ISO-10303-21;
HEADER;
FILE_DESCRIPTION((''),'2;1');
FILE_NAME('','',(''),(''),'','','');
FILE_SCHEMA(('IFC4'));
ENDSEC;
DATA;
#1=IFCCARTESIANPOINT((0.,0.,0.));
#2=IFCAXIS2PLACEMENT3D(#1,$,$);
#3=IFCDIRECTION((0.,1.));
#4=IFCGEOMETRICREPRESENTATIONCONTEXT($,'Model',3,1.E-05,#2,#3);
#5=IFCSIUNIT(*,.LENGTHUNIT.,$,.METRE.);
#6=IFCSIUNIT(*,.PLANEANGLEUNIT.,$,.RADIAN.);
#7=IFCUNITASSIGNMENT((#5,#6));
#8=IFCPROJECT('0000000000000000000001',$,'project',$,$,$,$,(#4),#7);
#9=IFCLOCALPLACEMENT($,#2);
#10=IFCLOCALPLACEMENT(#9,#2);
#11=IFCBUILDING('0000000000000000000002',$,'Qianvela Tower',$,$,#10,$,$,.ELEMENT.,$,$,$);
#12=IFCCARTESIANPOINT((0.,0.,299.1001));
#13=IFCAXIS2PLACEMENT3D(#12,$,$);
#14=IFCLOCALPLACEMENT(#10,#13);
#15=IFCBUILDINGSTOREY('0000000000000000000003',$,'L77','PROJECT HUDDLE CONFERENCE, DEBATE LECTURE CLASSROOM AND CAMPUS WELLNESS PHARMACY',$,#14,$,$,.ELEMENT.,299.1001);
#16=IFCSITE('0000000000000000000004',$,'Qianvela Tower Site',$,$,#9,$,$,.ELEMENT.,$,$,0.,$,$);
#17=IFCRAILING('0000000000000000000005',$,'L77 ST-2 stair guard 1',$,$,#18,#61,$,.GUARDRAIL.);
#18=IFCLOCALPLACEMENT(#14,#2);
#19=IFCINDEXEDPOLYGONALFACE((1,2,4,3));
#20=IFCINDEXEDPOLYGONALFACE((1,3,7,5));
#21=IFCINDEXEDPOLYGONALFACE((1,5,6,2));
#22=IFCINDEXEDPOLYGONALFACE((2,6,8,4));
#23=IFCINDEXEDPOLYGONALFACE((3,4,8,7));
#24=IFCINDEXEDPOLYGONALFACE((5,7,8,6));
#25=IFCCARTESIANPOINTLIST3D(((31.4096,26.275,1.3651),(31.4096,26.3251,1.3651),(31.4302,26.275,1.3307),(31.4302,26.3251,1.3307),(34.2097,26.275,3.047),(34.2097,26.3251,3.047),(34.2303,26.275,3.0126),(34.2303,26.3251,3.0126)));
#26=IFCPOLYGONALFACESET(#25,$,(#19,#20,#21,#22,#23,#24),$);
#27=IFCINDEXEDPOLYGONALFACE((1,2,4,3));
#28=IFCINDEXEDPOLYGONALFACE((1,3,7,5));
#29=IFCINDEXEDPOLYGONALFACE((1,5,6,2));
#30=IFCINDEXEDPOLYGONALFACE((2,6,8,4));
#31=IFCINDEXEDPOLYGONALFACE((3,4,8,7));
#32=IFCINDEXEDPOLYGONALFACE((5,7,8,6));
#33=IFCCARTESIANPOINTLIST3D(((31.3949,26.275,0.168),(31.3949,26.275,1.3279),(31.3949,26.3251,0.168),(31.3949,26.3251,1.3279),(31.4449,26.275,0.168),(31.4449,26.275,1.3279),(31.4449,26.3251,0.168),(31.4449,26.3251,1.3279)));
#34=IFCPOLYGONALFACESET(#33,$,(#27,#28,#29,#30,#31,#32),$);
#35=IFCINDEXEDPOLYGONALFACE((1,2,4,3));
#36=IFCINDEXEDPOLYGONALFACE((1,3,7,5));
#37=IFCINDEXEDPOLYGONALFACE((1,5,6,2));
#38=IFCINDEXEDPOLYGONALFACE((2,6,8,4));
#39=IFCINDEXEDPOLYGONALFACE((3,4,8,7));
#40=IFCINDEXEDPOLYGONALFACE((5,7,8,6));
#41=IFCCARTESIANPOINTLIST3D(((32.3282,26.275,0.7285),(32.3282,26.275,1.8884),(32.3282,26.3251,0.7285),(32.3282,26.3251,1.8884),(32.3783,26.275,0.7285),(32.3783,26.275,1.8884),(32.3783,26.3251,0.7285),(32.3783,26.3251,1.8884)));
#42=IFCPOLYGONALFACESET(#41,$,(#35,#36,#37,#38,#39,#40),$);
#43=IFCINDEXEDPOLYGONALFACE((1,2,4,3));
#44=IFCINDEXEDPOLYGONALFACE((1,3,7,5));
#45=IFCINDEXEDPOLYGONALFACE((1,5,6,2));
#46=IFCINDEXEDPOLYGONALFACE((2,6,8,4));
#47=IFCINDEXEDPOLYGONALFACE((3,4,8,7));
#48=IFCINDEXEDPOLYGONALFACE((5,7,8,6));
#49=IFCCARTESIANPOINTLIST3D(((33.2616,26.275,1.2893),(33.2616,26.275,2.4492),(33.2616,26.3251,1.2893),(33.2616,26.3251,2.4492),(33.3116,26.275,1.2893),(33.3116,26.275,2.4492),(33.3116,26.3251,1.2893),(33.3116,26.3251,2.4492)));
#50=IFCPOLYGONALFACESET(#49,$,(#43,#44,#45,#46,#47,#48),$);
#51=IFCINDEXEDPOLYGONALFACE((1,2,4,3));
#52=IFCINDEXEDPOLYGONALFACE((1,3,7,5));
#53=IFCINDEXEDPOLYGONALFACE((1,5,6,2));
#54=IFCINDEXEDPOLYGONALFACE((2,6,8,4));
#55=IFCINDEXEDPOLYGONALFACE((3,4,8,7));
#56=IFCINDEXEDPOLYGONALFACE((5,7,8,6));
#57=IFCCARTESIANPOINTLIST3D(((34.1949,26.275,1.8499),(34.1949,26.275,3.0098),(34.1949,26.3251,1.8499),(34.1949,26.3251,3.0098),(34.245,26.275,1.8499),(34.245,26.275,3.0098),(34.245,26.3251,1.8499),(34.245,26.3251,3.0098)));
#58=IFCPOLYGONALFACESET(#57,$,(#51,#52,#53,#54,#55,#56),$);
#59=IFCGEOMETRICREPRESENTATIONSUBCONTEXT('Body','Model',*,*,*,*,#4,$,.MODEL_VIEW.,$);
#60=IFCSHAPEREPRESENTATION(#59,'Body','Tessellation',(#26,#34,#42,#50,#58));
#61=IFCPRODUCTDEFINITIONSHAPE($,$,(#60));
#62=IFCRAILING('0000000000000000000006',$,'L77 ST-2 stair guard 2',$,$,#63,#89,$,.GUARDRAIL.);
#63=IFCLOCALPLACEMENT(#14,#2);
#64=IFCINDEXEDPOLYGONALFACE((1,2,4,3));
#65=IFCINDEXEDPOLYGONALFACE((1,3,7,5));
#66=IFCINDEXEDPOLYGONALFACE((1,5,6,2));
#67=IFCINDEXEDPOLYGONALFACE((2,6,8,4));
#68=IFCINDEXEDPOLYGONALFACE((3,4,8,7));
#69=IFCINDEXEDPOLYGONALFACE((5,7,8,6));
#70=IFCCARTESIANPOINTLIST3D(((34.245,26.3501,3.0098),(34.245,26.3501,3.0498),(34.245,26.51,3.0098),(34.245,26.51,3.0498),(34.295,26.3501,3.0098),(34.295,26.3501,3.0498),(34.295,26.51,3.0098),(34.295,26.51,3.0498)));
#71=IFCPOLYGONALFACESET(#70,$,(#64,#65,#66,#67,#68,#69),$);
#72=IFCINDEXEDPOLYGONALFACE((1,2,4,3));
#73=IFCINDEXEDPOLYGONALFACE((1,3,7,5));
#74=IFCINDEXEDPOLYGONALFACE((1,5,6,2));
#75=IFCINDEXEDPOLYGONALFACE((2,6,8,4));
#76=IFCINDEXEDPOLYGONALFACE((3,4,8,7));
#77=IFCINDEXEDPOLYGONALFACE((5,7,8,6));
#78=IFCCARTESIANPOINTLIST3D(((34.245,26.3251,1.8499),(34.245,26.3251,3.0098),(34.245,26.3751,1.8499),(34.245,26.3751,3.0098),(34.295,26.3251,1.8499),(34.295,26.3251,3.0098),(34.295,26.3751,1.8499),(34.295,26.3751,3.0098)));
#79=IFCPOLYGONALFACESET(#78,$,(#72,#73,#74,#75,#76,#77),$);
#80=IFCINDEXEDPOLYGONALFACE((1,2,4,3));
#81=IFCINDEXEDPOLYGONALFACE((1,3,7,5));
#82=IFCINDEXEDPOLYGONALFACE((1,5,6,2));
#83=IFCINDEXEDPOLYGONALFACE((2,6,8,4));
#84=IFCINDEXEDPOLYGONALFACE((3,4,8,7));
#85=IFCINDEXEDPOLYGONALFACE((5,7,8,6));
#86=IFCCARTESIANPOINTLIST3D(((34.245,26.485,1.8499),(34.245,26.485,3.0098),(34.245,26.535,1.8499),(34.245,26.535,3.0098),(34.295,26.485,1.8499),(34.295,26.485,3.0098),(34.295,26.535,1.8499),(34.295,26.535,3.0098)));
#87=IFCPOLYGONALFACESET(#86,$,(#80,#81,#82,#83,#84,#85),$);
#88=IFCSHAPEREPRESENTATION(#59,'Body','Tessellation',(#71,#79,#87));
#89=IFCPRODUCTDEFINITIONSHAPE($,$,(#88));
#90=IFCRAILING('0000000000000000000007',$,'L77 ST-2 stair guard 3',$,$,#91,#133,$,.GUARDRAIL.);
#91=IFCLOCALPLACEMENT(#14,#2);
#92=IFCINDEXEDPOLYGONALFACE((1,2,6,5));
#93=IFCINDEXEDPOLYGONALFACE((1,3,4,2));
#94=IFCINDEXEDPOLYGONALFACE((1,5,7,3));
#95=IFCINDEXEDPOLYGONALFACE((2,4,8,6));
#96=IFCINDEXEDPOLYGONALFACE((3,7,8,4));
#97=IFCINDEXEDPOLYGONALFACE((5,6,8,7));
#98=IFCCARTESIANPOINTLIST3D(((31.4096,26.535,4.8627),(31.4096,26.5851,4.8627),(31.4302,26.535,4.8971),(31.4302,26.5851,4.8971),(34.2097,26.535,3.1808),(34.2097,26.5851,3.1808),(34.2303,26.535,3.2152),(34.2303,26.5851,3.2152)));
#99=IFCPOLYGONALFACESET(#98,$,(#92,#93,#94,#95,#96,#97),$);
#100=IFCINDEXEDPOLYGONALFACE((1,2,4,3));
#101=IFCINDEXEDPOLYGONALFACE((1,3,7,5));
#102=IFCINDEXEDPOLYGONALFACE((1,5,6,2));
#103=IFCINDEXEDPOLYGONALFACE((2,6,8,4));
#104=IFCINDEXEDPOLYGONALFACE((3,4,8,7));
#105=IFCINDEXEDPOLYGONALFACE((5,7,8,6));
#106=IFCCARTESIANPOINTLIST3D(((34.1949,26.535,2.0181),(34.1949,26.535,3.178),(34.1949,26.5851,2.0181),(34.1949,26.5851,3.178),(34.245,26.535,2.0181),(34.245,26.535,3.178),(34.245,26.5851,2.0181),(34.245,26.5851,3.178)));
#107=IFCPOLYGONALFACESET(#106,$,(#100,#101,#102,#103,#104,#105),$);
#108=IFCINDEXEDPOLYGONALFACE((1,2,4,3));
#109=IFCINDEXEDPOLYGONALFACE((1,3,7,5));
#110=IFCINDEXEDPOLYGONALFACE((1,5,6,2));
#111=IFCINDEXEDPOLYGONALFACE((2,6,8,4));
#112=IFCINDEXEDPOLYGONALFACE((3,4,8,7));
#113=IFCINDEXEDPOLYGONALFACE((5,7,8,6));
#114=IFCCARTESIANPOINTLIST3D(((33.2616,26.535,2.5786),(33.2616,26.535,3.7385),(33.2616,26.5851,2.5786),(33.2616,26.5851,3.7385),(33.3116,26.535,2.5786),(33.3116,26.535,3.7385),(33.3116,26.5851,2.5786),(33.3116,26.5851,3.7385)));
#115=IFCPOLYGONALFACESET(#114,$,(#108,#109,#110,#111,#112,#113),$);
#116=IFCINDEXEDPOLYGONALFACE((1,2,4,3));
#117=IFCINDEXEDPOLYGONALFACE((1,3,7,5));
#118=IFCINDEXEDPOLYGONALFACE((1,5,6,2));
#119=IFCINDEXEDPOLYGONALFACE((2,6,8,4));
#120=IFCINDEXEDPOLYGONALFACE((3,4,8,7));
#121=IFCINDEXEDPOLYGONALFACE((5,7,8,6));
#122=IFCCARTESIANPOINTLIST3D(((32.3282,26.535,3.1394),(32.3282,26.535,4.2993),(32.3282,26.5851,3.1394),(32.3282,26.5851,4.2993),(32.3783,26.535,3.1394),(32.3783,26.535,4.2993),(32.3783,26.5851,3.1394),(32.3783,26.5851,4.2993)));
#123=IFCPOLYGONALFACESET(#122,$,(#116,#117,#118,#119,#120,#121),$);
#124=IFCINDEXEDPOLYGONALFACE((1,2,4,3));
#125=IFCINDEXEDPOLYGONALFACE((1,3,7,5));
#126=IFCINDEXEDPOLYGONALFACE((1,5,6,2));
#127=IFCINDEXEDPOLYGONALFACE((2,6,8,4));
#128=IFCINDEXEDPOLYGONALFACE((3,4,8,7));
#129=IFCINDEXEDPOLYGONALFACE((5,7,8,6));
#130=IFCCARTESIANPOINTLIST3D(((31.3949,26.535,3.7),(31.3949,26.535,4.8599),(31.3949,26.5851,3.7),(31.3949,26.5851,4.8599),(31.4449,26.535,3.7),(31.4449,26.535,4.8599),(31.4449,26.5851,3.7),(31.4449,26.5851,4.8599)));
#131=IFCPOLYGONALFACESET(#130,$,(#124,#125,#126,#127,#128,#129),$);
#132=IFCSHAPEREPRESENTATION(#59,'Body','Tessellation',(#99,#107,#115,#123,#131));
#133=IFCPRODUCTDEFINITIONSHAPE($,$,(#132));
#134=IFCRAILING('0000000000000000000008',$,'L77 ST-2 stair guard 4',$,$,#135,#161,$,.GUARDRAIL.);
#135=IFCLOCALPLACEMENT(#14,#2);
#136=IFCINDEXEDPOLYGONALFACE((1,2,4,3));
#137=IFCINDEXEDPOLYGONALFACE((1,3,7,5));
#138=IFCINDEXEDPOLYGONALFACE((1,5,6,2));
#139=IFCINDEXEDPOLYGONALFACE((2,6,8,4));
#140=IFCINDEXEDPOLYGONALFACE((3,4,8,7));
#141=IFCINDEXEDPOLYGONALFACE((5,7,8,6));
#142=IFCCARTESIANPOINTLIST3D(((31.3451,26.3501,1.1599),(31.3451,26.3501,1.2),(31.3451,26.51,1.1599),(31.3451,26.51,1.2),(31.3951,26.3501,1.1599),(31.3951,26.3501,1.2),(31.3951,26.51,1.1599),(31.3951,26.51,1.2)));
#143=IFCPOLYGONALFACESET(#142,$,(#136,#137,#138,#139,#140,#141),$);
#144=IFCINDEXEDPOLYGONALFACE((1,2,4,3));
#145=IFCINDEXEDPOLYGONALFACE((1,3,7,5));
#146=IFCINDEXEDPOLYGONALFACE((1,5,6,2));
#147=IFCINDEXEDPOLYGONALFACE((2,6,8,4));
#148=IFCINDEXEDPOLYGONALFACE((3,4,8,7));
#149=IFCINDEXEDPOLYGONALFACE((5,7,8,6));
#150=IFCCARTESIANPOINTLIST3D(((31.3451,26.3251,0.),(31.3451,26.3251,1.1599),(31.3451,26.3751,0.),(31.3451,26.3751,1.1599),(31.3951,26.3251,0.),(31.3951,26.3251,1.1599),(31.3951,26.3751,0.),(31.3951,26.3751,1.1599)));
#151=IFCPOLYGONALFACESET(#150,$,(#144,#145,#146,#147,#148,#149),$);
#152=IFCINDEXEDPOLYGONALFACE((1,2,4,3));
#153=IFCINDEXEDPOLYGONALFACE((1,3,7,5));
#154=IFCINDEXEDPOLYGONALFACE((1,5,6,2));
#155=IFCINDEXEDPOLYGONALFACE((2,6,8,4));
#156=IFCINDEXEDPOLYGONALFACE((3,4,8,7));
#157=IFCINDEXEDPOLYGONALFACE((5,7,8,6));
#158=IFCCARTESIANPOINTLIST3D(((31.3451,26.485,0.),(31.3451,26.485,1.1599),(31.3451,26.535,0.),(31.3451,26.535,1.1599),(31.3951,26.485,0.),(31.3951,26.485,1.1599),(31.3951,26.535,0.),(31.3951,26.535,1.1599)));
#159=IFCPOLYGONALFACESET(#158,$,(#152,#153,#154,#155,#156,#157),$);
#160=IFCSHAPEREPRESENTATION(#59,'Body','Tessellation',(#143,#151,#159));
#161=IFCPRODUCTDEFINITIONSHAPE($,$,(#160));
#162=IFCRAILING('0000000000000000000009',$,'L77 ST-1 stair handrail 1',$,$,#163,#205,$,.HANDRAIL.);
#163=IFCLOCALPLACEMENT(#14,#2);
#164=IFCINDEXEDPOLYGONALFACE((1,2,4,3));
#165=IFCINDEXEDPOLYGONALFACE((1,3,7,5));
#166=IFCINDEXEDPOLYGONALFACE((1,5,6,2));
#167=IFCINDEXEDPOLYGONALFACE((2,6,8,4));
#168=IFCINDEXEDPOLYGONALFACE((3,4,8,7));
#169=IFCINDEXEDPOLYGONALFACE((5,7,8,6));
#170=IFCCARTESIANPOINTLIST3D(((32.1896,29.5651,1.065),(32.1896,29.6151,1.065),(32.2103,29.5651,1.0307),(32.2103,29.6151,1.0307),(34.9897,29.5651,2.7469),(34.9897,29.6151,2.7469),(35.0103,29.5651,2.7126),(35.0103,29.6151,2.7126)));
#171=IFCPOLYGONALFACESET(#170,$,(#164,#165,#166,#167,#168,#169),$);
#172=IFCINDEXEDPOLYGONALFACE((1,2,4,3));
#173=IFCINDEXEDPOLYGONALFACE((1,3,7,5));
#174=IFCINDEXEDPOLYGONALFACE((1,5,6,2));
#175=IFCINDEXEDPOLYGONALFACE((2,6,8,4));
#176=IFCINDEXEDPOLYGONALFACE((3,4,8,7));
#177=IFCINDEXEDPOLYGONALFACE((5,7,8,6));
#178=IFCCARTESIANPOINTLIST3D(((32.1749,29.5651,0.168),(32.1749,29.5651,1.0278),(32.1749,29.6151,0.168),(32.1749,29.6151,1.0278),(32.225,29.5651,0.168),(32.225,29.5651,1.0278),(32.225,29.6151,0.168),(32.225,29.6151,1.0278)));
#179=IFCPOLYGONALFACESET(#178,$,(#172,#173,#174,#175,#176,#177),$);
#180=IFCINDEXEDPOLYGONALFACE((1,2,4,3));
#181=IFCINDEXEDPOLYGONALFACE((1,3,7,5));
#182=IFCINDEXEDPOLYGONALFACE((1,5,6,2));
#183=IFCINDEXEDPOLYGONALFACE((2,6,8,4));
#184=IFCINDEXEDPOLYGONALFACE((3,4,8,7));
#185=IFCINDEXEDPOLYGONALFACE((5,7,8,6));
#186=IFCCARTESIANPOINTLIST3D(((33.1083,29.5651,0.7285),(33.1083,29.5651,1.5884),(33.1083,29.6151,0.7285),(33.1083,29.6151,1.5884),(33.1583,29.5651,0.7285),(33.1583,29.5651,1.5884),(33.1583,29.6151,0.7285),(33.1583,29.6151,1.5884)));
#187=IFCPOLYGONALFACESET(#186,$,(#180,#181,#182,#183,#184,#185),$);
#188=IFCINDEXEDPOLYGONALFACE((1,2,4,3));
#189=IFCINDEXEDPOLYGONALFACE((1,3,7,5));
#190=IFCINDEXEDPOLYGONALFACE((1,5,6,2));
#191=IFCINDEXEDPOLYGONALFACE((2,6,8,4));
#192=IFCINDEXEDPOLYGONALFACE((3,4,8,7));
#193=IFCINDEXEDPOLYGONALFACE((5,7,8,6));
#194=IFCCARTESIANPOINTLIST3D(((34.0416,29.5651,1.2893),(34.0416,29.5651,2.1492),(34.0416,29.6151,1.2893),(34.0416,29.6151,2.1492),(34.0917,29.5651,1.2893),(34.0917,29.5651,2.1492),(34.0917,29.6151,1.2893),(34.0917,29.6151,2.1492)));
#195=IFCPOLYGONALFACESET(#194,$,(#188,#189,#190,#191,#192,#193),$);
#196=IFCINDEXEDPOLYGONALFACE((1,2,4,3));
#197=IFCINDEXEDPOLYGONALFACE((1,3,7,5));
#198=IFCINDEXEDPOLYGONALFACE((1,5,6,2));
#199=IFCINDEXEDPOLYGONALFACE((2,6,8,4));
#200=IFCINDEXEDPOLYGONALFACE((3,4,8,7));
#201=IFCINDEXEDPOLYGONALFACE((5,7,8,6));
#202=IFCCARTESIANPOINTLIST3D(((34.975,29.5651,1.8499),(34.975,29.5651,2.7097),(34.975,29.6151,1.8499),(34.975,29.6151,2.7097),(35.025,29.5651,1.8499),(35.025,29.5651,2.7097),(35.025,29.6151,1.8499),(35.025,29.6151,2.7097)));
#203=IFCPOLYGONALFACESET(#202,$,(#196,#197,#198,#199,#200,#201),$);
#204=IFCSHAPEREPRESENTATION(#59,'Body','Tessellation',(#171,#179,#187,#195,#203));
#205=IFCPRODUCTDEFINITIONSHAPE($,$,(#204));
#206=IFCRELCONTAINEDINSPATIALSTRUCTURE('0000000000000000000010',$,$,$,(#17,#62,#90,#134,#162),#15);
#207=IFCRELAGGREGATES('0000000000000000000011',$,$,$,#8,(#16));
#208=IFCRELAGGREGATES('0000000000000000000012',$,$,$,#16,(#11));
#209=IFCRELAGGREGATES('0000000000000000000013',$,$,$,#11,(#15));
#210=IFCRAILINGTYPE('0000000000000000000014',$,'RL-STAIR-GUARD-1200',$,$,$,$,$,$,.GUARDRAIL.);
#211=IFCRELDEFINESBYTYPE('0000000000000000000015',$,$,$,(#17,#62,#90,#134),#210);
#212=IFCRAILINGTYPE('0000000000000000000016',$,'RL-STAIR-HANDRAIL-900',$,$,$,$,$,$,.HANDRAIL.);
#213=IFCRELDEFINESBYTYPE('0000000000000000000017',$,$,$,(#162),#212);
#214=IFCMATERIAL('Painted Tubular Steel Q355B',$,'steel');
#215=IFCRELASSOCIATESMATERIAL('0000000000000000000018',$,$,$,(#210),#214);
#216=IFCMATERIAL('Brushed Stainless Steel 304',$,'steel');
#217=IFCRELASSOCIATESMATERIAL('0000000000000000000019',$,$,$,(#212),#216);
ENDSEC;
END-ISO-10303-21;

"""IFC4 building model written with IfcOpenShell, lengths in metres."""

from ifc_helpers import new_model, si_unit, direction, frame, origin, origin_2d, place, context, subcontext, project, spatial, rectangle, extrude, material, type_object, element, save


model = new_model("IFC4")

# Units and contexts
model_context = context("Model", 3, precision=1e-05, world=origin(), true_north=direction((0.0, 1.0)))
body_context = subcontext(model_context, "Body", "Model", "MODEL_VIEW")
ifc_project = project(units=[si_unit("LENGTHUNIT", "METRE"), si_unit("PLANEANGLEUNIT", "RADIAN")], contexts=[model_context])

# Site, building, storey
site_placement = place(None, origin())
site = spatial("IfcSite", under=ifc_project, at=site_placement, Name="Qianvela Tower Site", CompositionType="ELEMENT", RefElevation=0.0)
building_placement = place(site_placement, origin())
building = spatial("IfcBuilding", under=site, at=building_placement, Name="Qianvela Tower", CompositionType="ELEMENT")
storey_placement = place(building_placement, frame((0.0, 0.0, 299.1001)))
storey = spatial("IfcBuildingStorey", under=building, at=storey_placement, Name="L77", Description="PROJECT HUDDLE CONFERENCE, DEBATE LECTURE CLASSROOM AND CAMPUS WELLNESS PHARMACY", CompositionType="ELEMENT", Elevation=299.1001)

# Railings
ifc_material_1 = material(Name="Painted Tubular Steel Q355B", Category="steel")
railing_type_1 = type_object("IfcRailingType", Name="RL-STAIR-GUARD-1200", PredefinedType="GUARDRAIL", material=ifc_material_1)
railing_1_placement = place(storey_placement, frame((31.4199, 26.3, 0.168)))
element("IfcRailing", 1, at=railing_1_placement, inside=storey, type_object=railing_type_1, Name="L77 ST-2 stair guard 1", PredefinedType="GUARDRAIL", context=body_context, shape_type="SweptSolid", body=[
    extrude(rectangle(XDim=0.05, YDim=0.04, at=origin_2d()), frame((0.0, 0.0, 1.1799), z_axis=(0.857242, 0.0, 0.514913), x_axis=(0.0, 1.0, 0.0)), (0.0, 0.0, 1.0), 3.2664),
    extrude(rectangle(XDim=0.05, YDim=0.05, at=origin_2d()), origin(), (0.0, 0.0, 1.0), 1.1599),
    extrude(rectangle(XDim=0.05, YDim=0.05, at=origin_2d()), frame((0.9333, 0.0, 0.5605)), (0.0, 0.0, 1.0), 1.1599),
    extrude(rectangle(XDim=0.05, YDim=0.05, at=origin_2d()), frame((1.8667, 0.0, 1.1213)), (0.0, 0.0, 1.0), 1.1599),
    extrude(rectangle(XDim=0.05, YDim=0.05, at=origin_2d()), frame((2.8, 0.0, 1.6819)), (0.0, 0.0, 1.0), 1.1599),
])
railing_2_placement = place(storey_placement, frame((34.27, 26.3501, 1.8499)))
element("IfcRailing", 2, at=railing_2_placement, inside=storey, type_object=railing_type_1, Name="L77 ST-2 stair guard 2", PredefinedType="GUARDRAIL", context=body_context, shape_type="SweptSolid", body=[
    extrude(rectangle(XDim=0.05, YDim=0.04, at=origin_2d()), frame((0.0, 0.0, 1.1799), z_axis=(0.0, 1.0, 0.0), x_axis=(-1.0, 0.0, 0.0)), (0.0, 0.0, 1.0), 0.1599),
    extrude(rectangle(XDim=0.05, YDim=0.05, at=origin_2d()), origin(), (0.0, 0.0, 1.0), 1.1599),
    extrude(rectangle(XDim=0.05, YDim=0.05, at=origin_2d()), frame((0.0, 0.1599, 0.0)), (0.0, 0.0, 1.0), 1.1599),
])
railing_3_placement = place(storey_placement, frame((34.22, 26.5601, 2.0181)))
element("IfcRailing", 3, at=railing_3_placement, inside=storey, type_object=railing_type_1, Name="L77 ST-2 stair guard 3", PredefinedType="GUARDRAIL", context=body_context, shape_type="SweptSolid", body=[
    extrude(rectangle(XDim=0.05, YDim=0.04, at=origin_2d()), frame((0.0, 0.0, 1.1799), z_axis=(-0.857242, 0.0, 0.514913), x_axis=(0.0, -1.0, 0.0)), (0.0, 0.0, 1.0), 3.2664),
    extrude(rectangle(XDim=0.05, YDim=0.05, at=origin_2d()), origin(), (0.0, 0.0, 1.0), 1.1599),
    extrude(rectangle(XDim=0.05, YDim=0.05, at=origin_2d()), frame((-0.9333, 0.0, 0.5605)), (0.0, 0.0, 1.0), 1.1599),
    extrude(rectangle(XDim=0.05, YDim=0.05, at=origin_2d()), frame((-1.8667, 0.0, 1.1213)), (0.0, 0.0, 1.0), 1.1599),
    extrude(rectangle(XDim=0.05, YDim=0.05, at=origin_2d()), frame((-2.8, 0.0, 1.6819)), (0.0, 0.0, 1.0), 1.1599),
])
railing_4_placement = place(storey_placement, frame((31.3701, 26.3501, 0.0)))
element("IfcRailing", 4, at=railing_4_placement, inside=storey, type_object=railing_type_1, Name="L77 ST-2 stair guard 4", PredefinedType="GUARDRAIL", context=body_context, shape_type="SweptSolid", body=[
    extrude(rectangle(XDim=0.05, YDim=0.04, at=origin_2d()), frame((0.0, 0.0, 1.1799), z_axis=(0.0, 1.0, 0.0), x_axis=(-1.0, 0.0, 0.0)), (0.0, 0.0, 1.0), 0.1599),
    extrude(rectangle(XDim=0.05, YDim=0.05, at=origin_2d()), origin(), (0.0, 0.0, 1.0), 1.1599),
    extrude(rectangle(XDim=0.05, YDim=0.05, at=origin_2d()), frame((0.0, 0.1599, 0.0)), (0.0, 0.0, 1.0), 1.1599),
])
ifc_material_2 = material(Name="Brushed Stainless Steel 304", Category="steel")
railing_type_2 = type_object("IfcRailingType", Name="RL-STAIR-HANDRAIL-900", PredefinedType="HANDRAIL", material=ifc_material_2)
for number, where, name in (
    (5, (32.2, 29.5901, 0.168), "L77 ST-1 stair handrail 1"),
):
    element("IfcRailing", number, at=place(storey_placement, frame(where)), inside=storey, type_object=railing_type_2, Name=name, PredefinedType="HANDRAIL", context=body_context, shape_type="SweptSolid", body=[
        extrude(rectangle(XDim=0.05, YDim=0.04, at=origin_2d()), frame((0.0, 0.0, 0.8799), z_axis=(0.857242, 0.0, 0.514913), x_axis=(0.0, 1.0, 0.0)), (0.0, 0.0, 1.0), 3.2664),
        extrude(rectangle(XDim=0.05, YDim=0.05, at=origin_2d()), origin(), (0.0, 0.0, 1.0), 0.8599),
        extrude(rectangle(XDim=0.05, YDim=0.05, at=origin_2d()), frame((0.9333, 0.0, 0.5605)), (0.0, 0.0, 1.0), 0.8599),
        extrude(rectangle(XDim=0.05, YDim=0.05, at=origin_2d()), frame((1.8667, 0.0, 1.1213)), (0.0, 0.0, 1.0), 0.8599),
        extrude(rectangle(XDim=0.05, YDim=0.05, at=origin_2d()), frame((2.8, 0.0, 1.6819)), (0.0, 0.0, 1.0), 0.8599),
    ])

save(model, "model.ifc")
